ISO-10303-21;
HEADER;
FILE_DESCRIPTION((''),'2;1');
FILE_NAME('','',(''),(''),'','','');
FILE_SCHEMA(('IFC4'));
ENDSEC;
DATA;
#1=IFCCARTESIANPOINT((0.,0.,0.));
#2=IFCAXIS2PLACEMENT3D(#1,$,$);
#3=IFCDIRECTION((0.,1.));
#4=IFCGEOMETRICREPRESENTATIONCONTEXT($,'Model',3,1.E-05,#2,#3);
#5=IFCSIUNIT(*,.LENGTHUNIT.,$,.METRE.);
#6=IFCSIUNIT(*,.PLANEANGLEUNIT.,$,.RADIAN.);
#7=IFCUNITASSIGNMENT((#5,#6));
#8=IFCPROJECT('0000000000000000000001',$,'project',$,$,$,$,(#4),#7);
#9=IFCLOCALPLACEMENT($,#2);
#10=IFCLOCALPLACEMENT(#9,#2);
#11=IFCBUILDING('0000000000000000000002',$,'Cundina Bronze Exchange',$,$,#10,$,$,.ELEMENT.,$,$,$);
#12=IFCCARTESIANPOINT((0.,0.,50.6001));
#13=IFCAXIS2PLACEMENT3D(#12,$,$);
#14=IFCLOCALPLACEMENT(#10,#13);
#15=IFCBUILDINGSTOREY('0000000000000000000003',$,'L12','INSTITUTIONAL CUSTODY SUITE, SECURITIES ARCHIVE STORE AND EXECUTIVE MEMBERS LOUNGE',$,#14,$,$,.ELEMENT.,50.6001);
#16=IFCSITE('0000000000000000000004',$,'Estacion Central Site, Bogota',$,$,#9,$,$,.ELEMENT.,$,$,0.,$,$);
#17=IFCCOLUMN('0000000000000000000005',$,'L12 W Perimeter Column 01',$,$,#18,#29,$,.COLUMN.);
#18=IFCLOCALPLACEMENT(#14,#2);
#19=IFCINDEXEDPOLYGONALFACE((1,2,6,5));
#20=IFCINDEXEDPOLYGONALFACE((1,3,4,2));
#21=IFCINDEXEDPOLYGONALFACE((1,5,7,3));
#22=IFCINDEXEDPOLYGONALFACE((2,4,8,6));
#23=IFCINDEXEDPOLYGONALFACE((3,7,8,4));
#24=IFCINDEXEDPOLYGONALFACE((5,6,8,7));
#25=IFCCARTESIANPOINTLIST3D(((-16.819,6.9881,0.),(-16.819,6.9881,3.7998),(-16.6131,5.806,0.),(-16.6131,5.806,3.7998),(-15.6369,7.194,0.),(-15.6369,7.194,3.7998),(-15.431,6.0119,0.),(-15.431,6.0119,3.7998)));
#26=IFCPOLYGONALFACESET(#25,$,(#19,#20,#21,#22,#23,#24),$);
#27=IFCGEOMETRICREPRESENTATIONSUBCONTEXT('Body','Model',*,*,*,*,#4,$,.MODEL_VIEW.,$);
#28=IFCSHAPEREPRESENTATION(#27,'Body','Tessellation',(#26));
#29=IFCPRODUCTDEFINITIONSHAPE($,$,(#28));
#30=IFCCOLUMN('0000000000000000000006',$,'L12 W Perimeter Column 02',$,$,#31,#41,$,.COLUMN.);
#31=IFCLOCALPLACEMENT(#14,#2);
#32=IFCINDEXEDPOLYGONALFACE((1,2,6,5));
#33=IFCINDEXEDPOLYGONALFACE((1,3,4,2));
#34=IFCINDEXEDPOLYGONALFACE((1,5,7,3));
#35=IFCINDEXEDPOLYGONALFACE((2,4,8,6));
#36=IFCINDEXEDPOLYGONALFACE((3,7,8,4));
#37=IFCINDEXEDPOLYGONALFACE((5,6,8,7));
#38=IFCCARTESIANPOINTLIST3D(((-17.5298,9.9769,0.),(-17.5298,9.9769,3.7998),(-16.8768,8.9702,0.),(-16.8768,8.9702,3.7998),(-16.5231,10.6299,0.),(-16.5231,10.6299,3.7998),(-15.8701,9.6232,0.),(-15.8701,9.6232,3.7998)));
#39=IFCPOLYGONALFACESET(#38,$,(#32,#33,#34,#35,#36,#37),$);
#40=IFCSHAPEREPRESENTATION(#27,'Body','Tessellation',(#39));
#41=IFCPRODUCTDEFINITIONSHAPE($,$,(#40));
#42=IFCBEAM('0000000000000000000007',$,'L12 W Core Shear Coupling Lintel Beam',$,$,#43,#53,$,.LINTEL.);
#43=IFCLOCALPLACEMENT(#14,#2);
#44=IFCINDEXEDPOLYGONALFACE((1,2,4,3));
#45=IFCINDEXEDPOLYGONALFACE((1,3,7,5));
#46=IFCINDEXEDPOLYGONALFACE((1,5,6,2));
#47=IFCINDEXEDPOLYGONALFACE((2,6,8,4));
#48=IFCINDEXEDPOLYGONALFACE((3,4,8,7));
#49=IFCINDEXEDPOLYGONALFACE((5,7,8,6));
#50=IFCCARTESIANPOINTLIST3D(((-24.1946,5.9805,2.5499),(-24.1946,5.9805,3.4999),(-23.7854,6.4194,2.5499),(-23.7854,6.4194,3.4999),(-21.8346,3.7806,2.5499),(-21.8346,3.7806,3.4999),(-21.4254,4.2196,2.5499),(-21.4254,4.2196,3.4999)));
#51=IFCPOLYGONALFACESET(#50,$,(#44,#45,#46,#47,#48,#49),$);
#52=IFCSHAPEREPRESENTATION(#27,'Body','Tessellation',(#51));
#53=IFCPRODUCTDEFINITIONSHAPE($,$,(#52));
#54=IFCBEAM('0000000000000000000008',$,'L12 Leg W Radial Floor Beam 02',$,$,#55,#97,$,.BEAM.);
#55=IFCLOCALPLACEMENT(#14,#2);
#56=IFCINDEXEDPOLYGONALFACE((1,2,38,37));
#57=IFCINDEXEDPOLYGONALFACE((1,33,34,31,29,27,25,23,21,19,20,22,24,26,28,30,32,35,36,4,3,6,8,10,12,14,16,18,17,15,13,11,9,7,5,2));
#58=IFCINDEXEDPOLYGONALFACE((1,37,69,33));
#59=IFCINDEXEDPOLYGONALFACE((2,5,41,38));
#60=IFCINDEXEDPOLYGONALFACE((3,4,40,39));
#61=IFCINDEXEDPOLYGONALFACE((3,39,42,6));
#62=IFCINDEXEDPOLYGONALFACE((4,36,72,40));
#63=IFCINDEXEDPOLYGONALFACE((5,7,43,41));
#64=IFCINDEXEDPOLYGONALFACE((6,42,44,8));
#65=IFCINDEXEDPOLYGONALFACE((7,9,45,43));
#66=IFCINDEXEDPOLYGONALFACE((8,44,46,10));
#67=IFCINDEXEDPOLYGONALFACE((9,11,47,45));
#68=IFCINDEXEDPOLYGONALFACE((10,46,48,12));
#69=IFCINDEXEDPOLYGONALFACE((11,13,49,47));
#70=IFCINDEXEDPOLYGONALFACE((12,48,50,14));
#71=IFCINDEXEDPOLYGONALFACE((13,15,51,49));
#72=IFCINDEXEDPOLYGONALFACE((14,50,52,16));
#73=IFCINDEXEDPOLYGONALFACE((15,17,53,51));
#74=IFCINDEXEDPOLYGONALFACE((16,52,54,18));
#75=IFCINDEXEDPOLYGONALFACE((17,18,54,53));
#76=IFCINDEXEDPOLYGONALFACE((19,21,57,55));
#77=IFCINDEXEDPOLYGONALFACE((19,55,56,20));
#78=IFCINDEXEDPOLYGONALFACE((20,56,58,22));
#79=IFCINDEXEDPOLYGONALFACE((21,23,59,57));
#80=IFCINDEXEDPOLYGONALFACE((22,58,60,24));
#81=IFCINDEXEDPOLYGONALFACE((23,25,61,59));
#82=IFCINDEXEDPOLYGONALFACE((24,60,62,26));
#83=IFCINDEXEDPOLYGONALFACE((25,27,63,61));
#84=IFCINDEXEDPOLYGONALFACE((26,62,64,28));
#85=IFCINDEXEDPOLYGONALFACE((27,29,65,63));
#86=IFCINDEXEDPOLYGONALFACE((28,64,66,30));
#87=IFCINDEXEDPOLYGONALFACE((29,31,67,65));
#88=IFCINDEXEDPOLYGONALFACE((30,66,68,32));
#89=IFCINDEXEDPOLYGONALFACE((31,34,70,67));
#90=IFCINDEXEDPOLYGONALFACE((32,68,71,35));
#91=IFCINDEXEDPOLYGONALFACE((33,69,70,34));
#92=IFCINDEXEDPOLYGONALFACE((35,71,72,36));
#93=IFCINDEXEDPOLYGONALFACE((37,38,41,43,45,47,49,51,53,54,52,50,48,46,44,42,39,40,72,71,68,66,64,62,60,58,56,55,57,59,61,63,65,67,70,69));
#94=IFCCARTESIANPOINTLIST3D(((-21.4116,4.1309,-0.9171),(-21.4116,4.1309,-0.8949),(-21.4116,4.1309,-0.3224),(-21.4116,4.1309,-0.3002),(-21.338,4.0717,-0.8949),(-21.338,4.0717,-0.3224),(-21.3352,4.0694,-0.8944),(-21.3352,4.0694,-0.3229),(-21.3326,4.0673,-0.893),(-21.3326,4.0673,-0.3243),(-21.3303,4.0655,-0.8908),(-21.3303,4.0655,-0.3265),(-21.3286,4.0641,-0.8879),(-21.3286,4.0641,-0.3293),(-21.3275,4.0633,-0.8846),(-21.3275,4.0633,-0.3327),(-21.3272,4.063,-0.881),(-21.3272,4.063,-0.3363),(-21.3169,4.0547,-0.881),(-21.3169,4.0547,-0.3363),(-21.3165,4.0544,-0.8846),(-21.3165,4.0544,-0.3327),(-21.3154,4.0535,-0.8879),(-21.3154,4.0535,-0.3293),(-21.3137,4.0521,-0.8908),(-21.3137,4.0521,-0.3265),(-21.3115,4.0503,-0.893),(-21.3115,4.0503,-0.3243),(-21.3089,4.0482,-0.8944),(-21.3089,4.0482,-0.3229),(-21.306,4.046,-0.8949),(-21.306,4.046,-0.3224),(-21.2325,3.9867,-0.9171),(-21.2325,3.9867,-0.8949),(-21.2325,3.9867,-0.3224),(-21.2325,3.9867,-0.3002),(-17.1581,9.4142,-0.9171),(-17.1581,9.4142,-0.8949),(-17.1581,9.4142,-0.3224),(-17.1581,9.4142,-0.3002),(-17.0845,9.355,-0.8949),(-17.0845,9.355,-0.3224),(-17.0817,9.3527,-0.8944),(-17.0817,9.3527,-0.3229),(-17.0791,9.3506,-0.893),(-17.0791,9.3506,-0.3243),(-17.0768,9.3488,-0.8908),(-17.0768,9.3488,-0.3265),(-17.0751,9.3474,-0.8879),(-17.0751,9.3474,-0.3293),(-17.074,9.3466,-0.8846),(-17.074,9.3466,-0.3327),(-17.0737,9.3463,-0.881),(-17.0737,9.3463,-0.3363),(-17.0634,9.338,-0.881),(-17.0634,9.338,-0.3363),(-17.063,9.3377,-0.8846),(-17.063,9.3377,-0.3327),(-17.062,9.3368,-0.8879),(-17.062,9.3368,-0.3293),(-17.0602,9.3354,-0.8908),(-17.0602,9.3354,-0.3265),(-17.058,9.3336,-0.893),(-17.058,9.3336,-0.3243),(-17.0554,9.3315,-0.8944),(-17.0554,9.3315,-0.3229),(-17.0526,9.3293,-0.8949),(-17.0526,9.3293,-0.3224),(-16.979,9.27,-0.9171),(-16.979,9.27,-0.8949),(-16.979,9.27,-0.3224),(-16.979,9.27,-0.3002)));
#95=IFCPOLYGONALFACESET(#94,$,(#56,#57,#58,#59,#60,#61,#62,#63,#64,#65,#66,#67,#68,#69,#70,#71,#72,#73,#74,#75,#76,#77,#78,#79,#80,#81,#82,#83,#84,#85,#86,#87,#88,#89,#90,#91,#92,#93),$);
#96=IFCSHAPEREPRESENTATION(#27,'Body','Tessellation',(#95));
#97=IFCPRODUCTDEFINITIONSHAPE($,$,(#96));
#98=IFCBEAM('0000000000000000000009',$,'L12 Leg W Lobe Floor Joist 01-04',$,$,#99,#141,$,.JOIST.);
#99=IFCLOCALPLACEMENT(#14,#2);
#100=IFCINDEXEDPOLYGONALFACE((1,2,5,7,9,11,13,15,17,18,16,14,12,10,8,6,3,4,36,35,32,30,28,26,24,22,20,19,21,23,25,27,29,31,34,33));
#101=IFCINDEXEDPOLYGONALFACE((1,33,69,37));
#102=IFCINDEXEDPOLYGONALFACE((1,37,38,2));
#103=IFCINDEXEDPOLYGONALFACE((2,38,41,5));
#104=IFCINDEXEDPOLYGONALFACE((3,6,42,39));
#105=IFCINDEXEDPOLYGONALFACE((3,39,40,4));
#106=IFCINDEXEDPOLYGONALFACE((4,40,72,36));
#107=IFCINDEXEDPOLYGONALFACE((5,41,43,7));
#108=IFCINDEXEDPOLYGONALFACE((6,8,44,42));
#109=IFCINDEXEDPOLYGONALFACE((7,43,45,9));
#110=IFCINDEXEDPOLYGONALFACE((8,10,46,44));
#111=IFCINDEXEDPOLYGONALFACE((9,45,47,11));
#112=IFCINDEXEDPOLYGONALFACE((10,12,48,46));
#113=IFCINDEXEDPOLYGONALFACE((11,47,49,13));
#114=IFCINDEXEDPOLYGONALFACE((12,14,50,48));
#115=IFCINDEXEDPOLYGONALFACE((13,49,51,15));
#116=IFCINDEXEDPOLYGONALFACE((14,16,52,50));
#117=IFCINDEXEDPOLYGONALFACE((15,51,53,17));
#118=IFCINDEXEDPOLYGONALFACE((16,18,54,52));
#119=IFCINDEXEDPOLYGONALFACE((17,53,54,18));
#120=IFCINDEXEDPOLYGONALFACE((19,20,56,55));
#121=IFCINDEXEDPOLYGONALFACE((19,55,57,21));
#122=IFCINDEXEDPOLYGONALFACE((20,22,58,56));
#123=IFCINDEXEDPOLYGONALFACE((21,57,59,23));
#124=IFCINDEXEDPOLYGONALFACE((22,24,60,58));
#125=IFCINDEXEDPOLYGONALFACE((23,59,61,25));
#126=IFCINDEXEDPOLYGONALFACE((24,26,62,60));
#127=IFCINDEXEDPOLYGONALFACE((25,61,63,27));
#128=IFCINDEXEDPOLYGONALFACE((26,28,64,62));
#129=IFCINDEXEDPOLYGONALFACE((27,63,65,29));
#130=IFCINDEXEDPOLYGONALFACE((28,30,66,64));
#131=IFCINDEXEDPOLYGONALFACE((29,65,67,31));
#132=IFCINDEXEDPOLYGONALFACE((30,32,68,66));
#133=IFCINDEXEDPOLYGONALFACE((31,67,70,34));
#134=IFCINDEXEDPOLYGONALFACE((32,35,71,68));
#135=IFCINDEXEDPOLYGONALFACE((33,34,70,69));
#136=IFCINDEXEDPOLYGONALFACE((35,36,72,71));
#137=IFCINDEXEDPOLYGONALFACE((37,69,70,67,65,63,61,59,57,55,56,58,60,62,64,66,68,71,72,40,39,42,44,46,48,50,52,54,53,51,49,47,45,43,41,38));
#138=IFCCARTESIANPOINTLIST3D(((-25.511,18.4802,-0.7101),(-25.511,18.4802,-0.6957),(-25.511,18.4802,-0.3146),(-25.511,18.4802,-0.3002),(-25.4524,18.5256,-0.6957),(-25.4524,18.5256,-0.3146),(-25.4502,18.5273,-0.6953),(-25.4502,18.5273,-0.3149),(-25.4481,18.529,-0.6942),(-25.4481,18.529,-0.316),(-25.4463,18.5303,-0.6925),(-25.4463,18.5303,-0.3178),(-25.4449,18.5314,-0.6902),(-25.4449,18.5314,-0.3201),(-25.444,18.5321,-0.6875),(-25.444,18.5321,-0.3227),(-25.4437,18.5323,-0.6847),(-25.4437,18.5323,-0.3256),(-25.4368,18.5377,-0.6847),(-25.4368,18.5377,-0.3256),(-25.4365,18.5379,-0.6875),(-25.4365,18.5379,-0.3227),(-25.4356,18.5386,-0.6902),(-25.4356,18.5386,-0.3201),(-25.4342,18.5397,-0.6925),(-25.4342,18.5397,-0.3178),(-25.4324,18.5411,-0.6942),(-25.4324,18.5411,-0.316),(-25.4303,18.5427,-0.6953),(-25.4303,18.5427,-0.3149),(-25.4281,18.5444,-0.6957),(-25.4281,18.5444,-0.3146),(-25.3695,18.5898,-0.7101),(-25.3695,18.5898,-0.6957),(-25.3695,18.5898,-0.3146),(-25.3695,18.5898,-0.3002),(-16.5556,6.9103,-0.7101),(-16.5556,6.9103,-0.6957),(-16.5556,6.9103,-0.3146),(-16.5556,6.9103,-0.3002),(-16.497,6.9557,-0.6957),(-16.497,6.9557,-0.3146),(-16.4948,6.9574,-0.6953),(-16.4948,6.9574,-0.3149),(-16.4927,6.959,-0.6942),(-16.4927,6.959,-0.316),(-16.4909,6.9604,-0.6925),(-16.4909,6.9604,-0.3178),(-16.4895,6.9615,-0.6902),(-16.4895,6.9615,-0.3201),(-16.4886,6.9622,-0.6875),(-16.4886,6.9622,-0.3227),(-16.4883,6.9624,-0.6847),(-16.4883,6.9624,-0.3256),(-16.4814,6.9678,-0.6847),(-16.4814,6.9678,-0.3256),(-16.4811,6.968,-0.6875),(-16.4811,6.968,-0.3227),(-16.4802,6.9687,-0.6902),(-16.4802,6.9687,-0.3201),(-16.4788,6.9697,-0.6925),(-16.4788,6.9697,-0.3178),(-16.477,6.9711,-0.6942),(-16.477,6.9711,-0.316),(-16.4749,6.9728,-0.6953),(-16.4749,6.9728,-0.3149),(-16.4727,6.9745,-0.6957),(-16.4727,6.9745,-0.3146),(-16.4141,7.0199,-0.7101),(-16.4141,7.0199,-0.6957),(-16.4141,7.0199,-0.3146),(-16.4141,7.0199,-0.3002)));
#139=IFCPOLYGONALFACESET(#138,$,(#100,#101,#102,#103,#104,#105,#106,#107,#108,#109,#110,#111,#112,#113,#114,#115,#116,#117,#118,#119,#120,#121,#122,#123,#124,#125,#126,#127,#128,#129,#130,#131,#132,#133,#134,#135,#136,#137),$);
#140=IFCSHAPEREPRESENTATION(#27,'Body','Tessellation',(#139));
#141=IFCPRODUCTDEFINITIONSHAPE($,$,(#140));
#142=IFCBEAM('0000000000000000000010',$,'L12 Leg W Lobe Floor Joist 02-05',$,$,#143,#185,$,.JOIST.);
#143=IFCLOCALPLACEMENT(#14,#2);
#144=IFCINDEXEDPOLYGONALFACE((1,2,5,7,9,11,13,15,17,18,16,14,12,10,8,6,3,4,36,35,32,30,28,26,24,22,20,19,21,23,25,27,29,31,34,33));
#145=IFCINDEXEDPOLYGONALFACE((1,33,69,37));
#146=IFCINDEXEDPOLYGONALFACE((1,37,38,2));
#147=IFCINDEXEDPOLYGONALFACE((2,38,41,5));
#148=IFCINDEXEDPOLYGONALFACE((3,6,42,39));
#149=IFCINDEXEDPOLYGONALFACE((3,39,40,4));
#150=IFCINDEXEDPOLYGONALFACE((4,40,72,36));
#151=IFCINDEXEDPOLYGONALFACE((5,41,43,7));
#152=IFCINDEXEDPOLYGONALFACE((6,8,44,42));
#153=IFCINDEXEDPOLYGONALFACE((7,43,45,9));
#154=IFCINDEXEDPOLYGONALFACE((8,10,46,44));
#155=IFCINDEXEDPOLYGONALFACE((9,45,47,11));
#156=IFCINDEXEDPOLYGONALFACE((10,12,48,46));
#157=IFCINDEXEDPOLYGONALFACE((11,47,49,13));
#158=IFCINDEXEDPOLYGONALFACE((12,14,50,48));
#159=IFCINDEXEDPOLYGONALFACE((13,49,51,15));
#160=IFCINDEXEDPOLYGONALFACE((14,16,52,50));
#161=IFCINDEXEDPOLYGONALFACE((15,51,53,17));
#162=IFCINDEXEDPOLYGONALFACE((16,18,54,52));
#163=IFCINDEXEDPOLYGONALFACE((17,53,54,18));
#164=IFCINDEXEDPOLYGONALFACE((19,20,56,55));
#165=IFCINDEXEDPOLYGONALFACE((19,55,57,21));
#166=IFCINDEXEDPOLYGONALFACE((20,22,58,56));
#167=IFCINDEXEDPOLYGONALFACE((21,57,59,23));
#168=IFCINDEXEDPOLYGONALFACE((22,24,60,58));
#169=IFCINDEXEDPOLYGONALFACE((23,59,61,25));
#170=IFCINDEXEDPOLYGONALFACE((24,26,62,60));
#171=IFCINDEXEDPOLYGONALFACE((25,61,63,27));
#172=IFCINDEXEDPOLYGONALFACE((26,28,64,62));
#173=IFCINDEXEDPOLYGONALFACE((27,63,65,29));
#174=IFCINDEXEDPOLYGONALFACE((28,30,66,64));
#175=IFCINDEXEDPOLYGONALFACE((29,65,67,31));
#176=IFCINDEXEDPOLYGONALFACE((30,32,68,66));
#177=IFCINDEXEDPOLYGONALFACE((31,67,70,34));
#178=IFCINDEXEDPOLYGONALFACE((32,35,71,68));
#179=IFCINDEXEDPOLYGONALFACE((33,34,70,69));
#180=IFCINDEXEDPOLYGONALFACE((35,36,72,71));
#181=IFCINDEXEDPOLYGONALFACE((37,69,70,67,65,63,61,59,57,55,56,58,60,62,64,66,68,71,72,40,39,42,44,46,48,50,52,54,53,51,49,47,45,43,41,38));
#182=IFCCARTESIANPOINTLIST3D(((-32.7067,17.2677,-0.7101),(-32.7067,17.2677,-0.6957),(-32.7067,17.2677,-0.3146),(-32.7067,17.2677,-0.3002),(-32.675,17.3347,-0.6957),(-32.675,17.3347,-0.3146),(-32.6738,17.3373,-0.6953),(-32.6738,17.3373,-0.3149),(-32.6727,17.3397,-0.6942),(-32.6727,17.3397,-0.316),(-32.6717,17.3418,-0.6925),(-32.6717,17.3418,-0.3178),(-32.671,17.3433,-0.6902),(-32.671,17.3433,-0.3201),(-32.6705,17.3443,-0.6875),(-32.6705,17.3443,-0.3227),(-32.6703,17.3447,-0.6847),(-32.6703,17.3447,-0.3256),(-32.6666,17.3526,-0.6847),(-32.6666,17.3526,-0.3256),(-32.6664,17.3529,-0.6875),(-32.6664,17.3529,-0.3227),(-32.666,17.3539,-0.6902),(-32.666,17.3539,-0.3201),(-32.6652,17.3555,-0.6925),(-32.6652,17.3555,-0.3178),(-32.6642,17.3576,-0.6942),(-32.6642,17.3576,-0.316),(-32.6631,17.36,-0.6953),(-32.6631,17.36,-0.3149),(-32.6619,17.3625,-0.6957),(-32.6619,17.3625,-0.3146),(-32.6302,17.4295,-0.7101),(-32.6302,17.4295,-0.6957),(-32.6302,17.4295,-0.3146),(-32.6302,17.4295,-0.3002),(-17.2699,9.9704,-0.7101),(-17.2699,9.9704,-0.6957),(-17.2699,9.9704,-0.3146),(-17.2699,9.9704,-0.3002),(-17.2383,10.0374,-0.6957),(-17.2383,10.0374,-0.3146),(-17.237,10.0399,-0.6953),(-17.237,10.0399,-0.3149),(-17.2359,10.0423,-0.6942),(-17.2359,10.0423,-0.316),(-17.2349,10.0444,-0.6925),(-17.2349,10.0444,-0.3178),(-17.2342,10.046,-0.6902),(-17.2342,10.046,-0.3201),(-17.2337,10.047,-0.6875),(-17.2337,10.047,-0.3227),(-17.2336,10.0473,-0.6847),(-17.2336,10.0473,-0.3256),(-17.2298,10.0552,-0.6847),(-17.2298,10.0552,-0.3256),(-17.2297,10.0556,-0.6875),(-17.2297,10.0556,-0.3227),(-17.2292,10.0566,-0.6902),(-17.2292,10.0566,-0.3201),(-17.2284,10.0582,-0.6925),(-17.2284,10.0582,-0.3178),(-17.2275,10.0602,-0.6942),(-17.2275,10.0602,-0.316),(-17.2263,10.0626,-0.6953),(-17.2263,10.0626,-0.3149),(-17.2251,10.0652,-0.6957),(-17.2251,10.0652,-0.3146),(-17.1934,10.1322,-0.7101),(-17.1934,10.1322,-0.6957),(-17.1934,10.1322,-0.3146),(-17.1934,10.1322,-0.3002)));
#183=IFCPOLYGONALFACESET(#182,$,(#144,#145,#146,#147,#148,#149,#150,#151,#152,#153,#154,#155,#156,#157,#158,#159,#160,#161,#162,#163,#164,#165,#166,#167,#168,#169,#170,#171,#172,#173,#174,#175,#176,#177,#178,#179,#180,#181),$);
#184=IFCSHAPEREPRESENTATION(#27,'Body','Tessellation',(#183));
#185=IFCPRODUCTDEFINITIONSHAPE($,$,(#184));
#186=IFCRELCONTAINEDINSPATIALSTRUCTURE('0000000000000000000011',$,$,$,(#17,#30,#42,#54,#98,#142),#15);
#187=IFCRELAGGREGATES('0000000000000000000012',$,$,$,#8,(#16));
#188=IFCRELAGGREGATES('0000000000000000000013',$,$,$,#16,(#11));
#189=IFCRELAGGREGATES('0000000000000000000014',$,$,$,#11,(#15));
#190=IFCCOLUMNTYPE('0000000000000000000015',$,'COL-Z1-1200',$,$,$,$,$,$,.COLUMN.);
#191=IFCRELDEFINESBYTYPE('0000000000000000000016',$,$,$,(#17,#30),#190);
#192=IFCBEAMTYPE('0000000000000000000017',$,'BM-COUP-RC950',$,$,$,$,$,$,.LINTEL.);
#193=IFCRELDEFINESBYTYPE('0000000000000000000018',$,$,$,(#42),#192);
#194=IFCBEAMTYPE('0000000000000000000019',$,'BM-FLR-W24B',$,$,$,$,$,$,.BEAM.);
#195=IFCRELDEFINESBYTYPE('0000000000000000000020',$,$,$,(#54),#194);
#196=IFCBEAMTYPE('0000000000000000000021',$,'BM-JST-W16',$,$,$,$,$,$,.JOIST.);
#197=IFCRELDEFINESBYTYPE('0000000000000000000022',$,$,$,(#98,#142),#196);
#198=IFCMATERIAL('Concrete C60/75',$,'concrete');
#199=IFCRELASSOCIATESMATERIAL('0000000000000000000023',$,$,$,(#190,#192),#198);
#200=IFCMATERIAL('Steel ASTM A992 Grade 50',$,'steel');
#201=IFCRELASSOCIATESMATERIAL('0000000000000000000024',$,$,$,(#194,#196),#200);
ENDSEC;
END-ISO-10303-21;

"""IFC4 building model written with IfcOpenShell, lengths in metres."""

from ifc_helpers import new_model, si_unit, direction, frame, origin, origin_2d, place, context, subcontext, project, spatial, rectangle, i_section, extrude, material, material_profile, profile_set, type_object, element, save


model = new_model("IFC4")

# Units and contexts
model_context = context("Model", 3, precision=1e-05, world=origin(), true_north=direction((0.0, 1.0)))
body_context = subcontext(model_context, "Body", "Model", "MODEL_VIEW")
ifc_project = project(units=[si_unit("LENGTHUNIT", "METRE"), si_unit("PLANEANGLEUNIT", "RADIAN")], contexts=[model_context])

# Site, building, storey
site_placement = place(None, origin())
site = spatial("IfcSite", under=ifc_project, at=site_placement, Name="Estacion Central Site, Bogota", CompositionType="ELEMENT", RefElevation=0.0)
building_placement = place(site_placement, origin())
building = spatial("IfcBuilding", under=site, at=building_placement, Name="Cundina Bronze Exchange", CompositionType="ELEMENT")
storey_placement = place(building_placement, frame((0.0, 0.0, 50.6001)))
storey = spatial("IfcBuildingStorey", under=building, at=storey_placement, Name="L12", Description="INSTITUTIONAL CUSTODY SUITE, SECURITIES ARCHIVE STORE AND EXECUTIVE MEMBERS LOUNGE", CompositionType="ELEMENT", Elevation=50.6001)

# Columns
ifc_material_1 = material(Name="Concrete C60/75", Category="concrete")
ifc_material_profile_1 = material_profile(ifc_material_1, rectangle(XDim=1.2, YDim=1.2, at=origin_2d()), Name="RC1200X1200", Category="concrete")
ifc_profile_set_1 = profile_set([ifc_material_profile_1], Name="Concrete C60/75")
column_type = type_object("IfcColumnType", Name="COL-Z1-1200", PredefinedType="COLUMN", material=ifc_profile_set_1)
for number, where, z_axis, x_axis, name in (
    (1, (-16.125, 6.5, 0.0), (0.0, 0.0, 1.0), (-0.171585, 0.985169, 0.0), "L12 W Perimeter Column 01"),
    (2, (-16.7, 9.8, 0.0), (0.0, 0.0, 1.0), (-0.5442, 0.838956, 0.0), "L12 W Perimeter Column 02"),
):
    element("IfcColumn", number, at=place(storey_placement, frame(where, z_axis=z_axis, x_axis=x_axis)), inside=storey, type_object=column_type, Name=name, PredefinedType="COLUMN", context=body_context, shape_type="SweptSolid", body=[
        extrude(rectangle(XDim=1.2, YDim=1.2, at=origin_2d()), origin(), (0.0, 0.0, 1.0), 3.7998),
    ])

# Beams
ifc_material_profile_2 = material_profile(ifc_material_1, rectangle(XDim=0.6001, YDim=0.95, at=origin_2d()), Name="RC600X950", Category="concrete")
ifc_profile_set_2 = profile_set([ifc_material_profile_2], Name="Concrete C60/75")
beam_type_1 = type_object("IfcBeamType", Name="BM-COUP-RC950", PredefinedType="LINTEL", material=ifc_profile_set_2)
beam_1_placement = place(storey_placement, frame((-23.99, 6.2, 3.0249), z_axis=(0.73149, -0.681852, 0.0), x_axis=(0.681852, 0.73149, 0.0)))
element("IfcBeam", 3, at=beam_1_placement, inside=storey, type_object=beam_type_1, Name="L12 W Core Shear Coupling Lintel Beam", PredefinedType="LINTEL", context=body_context, shape_type="SweptSolid", body=[
    extrude(rectangle(XDim=0.6001, YDim=0.95, at=origin_2d()), origin(), (0.0, 0.0, 1.0), 3.2263),
])
ifc_material_2 = material(Name="Steel ASTM A992 Grade 50", Category="steel")
ifc_material_profile_3 = material_profile(ifc_material_2, i_section(OverallWidth=0.23, OverallDepth=0.6169, WebThickness=0.0132, FlangeThickness=0.0222, FilletRadius=0.0139, at=origin_2d()), Name="W24X94", Category="steel")
ifc_profile_set_3 = profile_set([ifc_material_profile_3], Name="Steel ASTM A992 Grade 50")
beam_type_2 = type_object("IfcBeamType", Name="BM-FLR-W24B", PredefinedType="BEAM", material=ifc_profile_set_3)
beam_2_placement = place(storey_placement, frame((-21.322, 4.0588, -0.6086), z_axis=(0.627106, 0.778934, 0.0), x_axis=(-0.778934, 0.627106, 0.0)))
element("IfcBeam", 4, at=beam_2_placement, inside=storey, type_object=beam_type_2, Name="L12 Leg W Radial Floor Beam 02", PredefinedType="BEAM", context=body_context, shape_type="SweptSolid", body=[
    extrude(i_section(OverallWidth=0.23, OverallDepth=0.6169, WebThickness=0.0132, FlangeThickness=0.0222, FilletRadius=0.0139, at=origin_2d()), origin(), (0.0, 0.0, 1.0), 6.7827),
])
ifc_material_profile_4 = material_profile(ifc_material_2, i_section(OverallWidth=0.179, OverallDepth=0.4099, WebThickness=0.0088, FlangeThickness=0.0144, FilletRadius=0.011, at=origin_2d()), Name="W16X45", Category="steel")
ifc_profile_set_4 = profile_set([ifc_material_profile_4], Name="Steel ASTM A992 Grade 50")
beam_type_3 = type_object("IfcBeamType", Name="BM-JST-W16", PredefinedType="JOIST", material=ifc_profile_set_4)
beam_3_placement = place(storey_placement, frame((-16.4849, 6.9651, -0.5051), z_axis=(-0.612089, 0.790789, 0.0), x_axis=(-0.790789, -0.612089, 0.0)))
element("IfcBeam", 5, at=beam_3_placement, inside=storey, type_object=beam_type_3, Name="L12 Leg W Lobe Floor Joist 01-04", PredefinedType="JOIST", context=body_context, shape_type="SweptSolid", body=[
    extrude(i_section(OverallWidth=0.179, OverallDepth=0.4099, WebThickness=0.0088, FlangeThickness=0.0144, FilletRadius=0.011, at=origin_2d()), origin(), (0.0, 0.0, 1.0), 14.6309),
])
beam_4_placement = place(storey_placement, frame((-17.2317, 10.0513, -0.5051), z_axis=(-0.904073, 0.427379, 0.0), x_axis=(-0.427379, -0.904073, 0.0)))
element("IfcBeam", 6, at=beam_4_placement, inside=storey, type_object=beam_type_3, Name="L12 Leg W Lobe Floor Joist 02-05", PredefinedType="JOIST", context=body_context, shape_type="SweptSolid", body=[
    extrude(i_section(OverallWidth=0.179, OverallDepth=0.4099, WebThickness=0.0088, FlangeThickness=0.0144, FilletRadius=0.011, at=origin_2d()), origin(), (0.0, 0.0, 1.0), 17.0747),
])

save(model, "model.ifc")
